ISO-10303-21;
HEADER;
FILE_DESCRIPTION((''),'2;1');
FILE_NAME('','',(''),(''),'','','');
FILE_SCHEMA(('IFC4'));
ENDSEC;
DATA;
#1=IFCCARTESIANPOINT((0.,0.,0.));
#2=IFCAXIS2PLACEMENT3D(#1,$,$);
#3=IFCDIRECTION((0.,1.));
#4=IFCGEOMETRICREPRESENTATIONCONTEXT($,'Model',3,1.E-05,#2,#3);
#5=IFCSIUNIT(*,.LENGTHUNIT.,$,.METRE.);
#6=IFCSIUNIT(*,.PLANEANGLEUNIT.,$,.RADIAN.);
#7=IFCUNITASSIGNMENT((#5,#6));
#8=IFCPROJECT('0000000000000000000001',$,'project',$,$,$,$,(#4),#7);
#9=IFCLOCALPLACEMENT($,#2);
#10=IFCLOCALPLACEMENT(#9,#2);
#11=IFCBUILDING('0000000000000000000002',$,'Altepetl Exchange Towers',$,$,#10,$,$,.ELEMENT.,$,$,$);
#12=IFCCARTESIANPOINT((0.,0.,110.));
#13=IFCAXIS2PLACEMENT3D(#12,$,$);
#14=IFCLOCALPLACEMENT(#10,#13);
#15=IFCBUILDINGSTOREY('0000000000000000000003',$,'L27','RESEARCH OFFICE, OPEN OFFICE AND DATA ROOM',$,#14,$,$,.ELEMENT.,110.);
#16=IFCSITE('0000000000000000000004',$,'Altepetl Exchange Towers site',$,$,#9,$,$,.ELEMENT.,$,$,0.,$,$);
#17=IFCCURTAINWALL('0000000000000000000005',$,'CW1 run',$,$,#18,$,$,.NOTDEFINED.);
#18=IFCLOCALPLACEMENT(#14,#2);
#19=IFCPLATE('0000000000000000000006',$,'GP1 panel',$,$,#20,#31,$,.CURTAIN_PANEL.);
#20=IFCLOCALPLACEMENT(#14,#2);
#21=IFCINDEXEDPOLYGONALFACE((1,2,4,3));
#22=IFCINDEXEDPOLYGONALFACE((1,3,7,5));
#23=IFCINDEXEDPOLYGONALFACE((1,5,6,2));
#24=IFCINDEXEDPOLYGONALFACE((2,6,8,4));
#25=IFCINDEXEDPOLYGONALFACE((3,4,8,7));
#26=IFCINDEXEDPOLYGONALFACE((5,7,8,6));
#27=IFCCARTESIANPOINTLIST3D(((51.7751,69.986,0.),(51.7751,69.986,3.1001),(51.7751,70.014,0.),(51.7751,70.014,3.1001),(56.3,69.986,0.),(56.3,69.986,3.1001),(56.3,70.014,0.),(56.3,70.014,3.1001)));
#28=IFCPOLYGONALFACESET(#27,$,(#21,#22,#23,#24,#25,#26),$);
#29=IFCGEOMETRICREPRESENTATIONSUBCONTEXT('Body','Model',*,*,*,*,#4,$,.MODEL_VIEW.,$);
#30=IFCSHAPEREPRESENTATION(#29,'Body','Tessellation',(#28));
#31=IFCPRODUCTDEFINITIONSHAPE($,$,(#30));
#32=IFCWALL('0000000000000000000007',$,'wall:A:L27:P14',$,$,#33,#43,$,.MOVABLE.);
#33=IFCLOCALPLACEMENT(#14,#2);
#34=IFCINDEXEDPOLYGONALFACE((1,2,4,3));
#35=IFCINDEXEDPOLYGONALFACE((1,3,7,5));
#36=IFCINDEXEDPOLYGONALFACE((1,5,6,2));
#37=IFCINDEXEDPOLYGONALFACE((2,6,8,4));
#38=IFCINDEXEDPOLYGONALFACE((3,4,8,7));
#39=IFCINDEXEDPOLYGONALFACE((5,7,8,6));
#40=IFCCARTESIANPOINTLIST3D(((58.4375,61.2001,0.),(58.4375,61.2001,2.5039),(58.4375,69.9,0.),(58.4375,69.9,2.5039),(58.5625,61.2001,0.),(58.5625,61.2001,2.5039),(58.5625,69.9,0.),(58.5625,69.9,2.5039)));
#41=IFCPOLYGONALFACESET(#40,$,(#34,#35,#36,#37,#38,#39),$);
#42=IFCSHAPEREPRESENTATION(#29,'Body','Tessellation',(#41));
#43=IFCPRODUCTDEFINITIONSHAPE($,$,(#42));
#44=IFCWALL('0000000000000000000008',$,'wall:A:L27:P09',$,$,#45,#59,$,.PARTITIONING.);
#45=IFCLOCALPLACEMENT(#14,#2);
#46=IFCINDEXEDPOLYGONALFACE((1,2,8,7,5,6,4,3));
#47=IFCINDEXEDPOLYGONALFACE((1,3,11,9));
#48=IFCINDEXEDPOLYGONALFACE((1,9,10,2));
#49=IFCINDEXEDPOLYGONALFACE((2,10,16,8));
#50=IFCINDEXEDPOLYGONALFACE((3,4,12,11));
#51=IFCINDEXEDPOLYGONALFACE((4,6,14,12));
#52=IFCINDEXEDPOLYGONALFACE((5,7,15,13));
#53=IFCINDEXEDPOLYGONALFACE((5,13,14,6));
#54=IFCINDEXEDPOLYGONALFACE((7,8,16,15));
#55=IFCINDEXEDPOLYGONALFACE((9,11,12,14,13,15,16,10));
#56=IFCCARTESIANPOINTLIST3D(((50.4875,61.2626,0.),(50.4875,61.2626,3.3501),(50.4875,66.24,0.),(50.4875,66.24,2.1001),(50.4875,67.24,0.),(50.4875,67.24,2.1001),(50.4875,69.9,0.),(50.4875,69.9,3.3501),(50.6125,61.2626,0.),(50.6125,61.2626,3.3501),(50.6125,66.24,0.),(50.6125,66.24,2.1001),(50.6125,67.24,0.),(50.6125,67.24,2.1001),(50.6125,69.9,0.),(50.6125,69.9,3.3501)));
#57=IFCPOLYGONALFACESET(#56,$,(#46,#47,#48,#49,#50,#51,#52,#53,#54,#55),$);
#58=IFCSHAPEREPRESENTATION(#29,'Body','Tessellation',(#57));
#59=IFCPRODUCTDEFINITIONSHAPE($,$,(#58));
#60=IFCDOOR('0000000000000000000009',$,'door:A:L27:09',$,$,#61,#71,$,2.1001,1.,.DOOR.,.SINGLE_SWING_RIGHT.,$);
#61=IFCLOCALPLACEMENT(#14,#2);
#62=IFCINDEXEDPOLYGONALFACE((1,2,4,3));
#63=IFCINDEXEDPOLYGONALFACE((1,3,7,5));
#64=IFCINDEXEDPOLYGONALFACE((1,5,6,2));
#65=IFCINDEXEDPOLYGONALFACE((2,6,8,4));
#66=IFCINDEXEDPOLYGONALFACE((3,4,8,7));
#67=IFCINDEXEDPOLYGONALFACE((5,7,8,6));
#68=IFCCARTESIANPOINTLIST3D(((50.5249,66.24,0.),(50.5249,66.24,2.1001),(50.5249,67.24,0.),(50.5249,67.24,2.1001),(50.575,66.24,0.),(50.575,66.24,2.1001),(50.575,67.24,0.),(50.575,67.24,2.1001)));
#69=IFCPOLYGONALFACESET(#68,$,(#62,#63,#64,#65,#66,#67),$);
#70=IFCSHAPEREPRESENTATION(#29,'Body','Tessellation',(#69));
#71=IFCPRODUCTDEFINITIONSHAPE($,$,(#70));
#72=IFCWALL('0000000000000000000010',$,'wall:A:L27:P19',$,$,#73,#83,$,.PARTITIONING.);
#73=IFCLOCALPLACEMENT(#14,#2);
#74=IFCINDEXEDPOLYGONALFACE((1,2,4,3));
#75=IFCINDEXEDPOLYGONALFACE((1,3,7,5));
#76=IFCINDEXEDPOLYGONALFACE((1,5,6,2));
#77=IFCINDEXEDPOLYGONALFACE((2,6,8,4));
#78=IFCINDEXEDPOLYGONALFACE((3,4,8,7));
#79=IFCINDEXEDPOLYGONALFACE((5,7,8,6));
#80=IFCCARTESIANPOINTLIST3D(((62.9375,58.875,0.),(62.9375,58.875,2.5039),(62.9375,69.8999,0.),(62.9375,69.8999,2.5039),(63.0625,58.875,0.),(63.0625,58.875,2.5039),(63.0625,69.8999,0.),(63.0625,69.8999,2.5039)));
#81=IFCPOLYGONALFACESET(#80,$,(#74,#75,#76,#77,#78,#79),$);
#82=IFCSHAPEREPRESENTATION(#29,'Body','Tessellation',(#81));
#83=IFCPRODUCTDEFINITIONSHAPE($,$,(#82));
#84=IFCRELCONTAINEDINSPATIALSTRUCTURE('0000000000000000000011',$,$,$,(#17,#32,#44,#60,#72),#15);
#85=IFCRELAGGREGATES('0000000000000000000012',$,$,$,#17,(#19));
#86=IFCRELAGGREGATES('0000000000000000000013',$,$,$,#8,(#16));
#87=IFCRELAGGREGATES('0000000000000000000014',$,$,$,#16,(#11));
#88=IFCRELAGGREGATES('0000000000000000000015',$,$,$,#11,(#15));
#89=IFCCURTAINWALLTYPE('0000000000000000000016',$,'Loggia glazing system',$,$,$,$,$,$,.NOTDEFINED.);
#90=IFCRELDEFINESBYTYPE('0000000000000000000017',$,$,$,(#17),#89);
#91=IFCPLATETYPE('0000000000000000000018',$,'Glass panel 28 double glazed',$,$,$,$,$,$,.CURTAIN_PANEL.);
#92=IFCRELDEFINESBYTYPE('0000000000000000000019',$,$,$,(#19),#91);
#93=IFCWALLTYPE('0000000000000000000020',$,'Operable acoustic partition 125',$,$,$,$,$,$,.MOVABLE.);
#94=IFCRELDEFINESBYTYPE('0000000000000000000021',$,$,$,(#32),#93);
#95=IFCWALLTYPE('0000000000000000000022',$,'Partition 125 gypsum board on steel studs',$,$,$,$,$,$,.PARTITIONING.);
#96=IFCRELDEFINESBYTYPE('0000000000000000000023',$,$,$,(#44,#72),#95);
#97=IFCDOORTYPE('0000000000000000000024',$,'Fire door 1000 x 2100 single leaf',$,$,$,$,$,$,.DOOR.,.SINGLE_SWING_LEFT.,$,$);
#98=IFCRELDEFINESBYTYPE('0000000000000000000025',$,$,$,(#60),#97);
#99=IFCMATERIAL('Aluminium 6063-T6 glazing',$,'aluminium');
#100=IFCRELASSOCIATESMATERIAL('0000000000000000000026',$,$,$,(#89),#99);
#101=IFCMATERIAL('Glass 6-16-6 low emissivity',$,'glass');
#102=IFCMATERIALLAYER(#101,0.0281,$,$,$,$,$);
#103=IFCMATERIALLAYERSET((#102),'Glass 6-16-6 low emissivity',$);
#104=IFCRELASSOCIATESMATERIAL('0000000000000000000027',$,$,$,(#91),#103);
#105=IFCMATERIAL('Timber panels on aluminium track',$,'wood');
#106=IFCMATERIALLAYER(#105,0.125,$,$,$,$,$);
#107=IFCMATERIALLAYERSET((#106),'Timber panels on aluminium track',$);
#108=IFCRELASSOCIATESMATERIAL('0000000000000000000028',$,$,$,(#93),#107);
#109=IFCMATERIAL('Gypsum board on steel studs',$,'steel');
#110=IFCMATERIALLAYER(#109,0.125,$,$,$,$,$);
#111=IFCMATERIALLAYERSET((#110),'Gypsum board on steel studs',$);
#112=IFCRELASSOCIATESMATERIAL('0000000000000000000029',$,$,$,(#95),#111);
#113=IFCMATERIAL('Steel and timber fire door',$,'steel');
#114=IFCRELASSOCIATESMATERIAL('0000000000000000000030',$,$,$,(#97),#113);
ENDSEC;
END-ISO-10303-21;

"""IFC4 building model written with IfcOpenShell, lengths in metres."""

from ifc_helpers import new_model, si_unit, direction, frame, frame_2d, origin, origin_2d, place, context, subcontext, project, spatial, rectangle, extrude, material, layer, layer_set, type_object, element, fill, aggregate, save


model = new_model("IFC4")

# Units and contexts
model_context = context("Model", 3, precision=1e-05, world=origin(), true_north=direction((0.0, 1.0)))
body_context = subcontext(model_context, "Body", "Model", "MODEL_VIEW")
ifc_project = project(units=[si_unit("LENGTHUNIT", "METRE"), si_unit("PLANEANGLEUNIT", "RADIAN")], contexts=[model_context])

# Site, building, storey
site_placement = place(None, origin())
site = spatial("IfcSite", under=ifc_project, at=site_placement, Name="Altepetl Exchange Towers site", CompositionType="ELEMENT", RefElevation=0.0)
building_placement = place(site_placement, origin())
building = spatial("IfcBuilding", under=site, at=building_placement, Name="Altepetl Exchange Towers", CompositionType="ELEMENT")
storey_placement = place(building_placement, frame((0.0, 0.0, 110.0)))
storey = spatial("IfcBuildingStorey", under=building, at=storey_placement, Name="L27", Description="RESEARCH OFFICE, OPEN OFFICE AND DATA ROOM", CompositionType="ELEMENT", Elevation=110.0)

# Curtain wall
ifc_material_1 = material(Name="Aluminium 6063-T6 glazing", Category="aluminium")
curtain_wall_type = type_object("IfcCurtainWallType", Name="Loggia glazing system", PredefinedType="NOTDEFINED", material=ifc_material_1)
curtain_wall_1_placement = place(storey_placement, origin())
curtain_wall_1 = element("IfcCurtainWall", 1, at=curtain_wall_1_placement, inside=storey, type_object=curtain_wall_type, Name="CW1 run", PredefinedType="NOTDEFINED")

# Plate
ifc_material_2 = material(Name="Glass 6-16-6 low emissivity", Category="glass")
ifc_layer_1 = layer(ifc_material_2, 0.0281)
ifc_layer_set_1 = layer_set([ifc_layer_1], Name="Glass 6-16-6 low emissivity")
plate_type = type_object("IfcPlateType", Name="Glass panel 28 double glazed", PredefinedType="CURTAIN_PANEL", material=ifc_layer_set_1)
plate_1_placement = place(storey_placement, frame((54.0376, 70.0, 0.0), z_axis=(0.0, 0.0, 1.0), x_axis=(-1.0, 0.0, 0.0)))
plate_1 = element("IfcPlate", 2, at=plate_1_placement, type_object=plate_type, Name="GP1 panel", PredefinedType="CURTAIN_PANEL", context=body_context, shape_type="SweptSolid", body=[
    extrude(rectangle(XDim=4.5249, YDim=0.0281, at=origin_2d()), origin(), (0.0, 0.0, 1.0), 3.1001),
])
aggregate(curtain_wall_1, [plate_1])

# Wall
ifc_material_3 = material(Name="Timber panels on aluminium track", Category="wood")
ifc_layer_2 = layer(ifc_material_3, 0.125)
ifc_layer_set_2 = layer_set([ifc_layer_2], Name="Timber panels on aluminium track")
wall_type_1 = type_object("IfcWallType", Name="Operable acoustic partition 125", PredefinedType="MOVABLE", material=ifc_layer_set_2)
wall_1_placement = place(storey_placement, frame((58.5, 61.2, 0.0), z_axis=(0.0, 0.0, 1.0), x_axis=(0.0, 1.0, 0.0)))
element("IfcWall", 3, at=wall_1_placement, inside=storey, type_object=wall_type_1, Name="wall:A:L27:P14", PredefinedType="MOVABLE", context=body_context, shape_type="SweptSolid", body=[
    extrude(rectangle(XDim=8.7, YDim=0.125, at=frame_2d((4.3501, 0.0))), origin(), (0.0, 0.0, 1.0), 2.5039),
])

# Wall, opening, door
ifc_material_4 = material(Name="Gypsum board on steel studs", Category="steel")
ifc_layer_3 = layer(ifc_material_4, 0.125)
ifc_layer_set_3 = layer_set([ifc_layer_3], Name="Gypsum board on steel studs")
wall_type_2 = type_object("IfcWallType", Name="Partition 125 gypsum board on steel studs", PredefinedType="PARTITIONING", material=ifc_layer_set_3)
wall_2_placement = place(storey_placement, frame((50.55, 61.2625, 0.0), z_axis=(0.0, 0.0, 1.0), x_axis=(0.0, 1.0, 0.0)))
wall_2 = element("IfcWall", 4, at=wall_2_placement, inside=storey, type_object=wall_type_2, Name="wall:A:L27:P09", PredefinedType="PARTITIONING", context=body_context, shape_type="SweptSolid", body=[
    extrude(rectangle(XDim=8.6375, YDim=0.125, at=frame_2d((4.3188, 0.0))), origin(), (0.0, 0.0, 1.0), 3.3501),
])
opening_placement = place(wall_2_placement, frame((4.9775, 0.0, 0.0)))
opening = element("IfcOpeningElement", 5, at=opening_placement, cuts=wall_2, PredefinedType="OPENING", context=body_context, shape_type="SweptSolid", body=[
    extrude(rectangle(XDim=1.0, YDim=2.1001, at=frame_2d((0.5, 1.05))), frame((0.0, 0.0725, 0.0), z_axis=(0.0, -1.0, 0.0), x_axis=(1.0, 0.0, 0.0)), (0.0, 0.0, 1.0), 0.145),
])
ifc_material_5 = material(Name="Steel and timber fire door", Category="steel")
door_type = type_object("IfcDoorType", Name="Fire door 1000 x 2100 single leaf", OperationType="SINGLE_SWING_LEFT", PredefinedType="DOOR", material=ifc_material_5)
door_placement = place(opening_placement, frame((1.0, 0.0, 0.0), x_axis=(-1.0, 0.0, 0.0)))
door = element("IfcDoor", 6, at=door_placement, inside=storey, type_object=door_type, Name="door:A:L27:09", OperationType="SINGLE_SWING_RIGHT", OverallHeight=2.1001, OverallWidth=1.0, PredefinedType="DOOR", context=body_context, shape_type="SweptSolid", body=[
    extrude(rectangle(XDim=1.0, YDim=2.1001, at=frame_2d((0.5, 1.05))), frame((0.0, 0.0249, 0.0), z_axis=(0.0, -1.0, 0.0), x_axis=(1.0, 0.0, 0.0)), (0.0, 0.0, 1.0), 0.05),
])
fill(opening, door)

# Wall
wall_3_placement = place(storey_placement, frame((63.0, 58.875, 0.0), z_axis=(0.0, 0.0, 1.0), x_axis=(0.0, 1.0, 0.0)))
element("IfcWall", 7, at=wall_3_placement, inside=storey, type_object=wall_type_2, Name="wall:A:L27:P19", PredefinedType="PARTITIONING", context=body_context, shape_type="SweptSolid", body=[
    extrude(rectangle(XDim=11.0249, YDim=0.125, at=frame_2d((5.5125, 0.0))), origin(), (0.0, 0.0, 1.0), 2.5039),
])

save(model, "model.ifc")
